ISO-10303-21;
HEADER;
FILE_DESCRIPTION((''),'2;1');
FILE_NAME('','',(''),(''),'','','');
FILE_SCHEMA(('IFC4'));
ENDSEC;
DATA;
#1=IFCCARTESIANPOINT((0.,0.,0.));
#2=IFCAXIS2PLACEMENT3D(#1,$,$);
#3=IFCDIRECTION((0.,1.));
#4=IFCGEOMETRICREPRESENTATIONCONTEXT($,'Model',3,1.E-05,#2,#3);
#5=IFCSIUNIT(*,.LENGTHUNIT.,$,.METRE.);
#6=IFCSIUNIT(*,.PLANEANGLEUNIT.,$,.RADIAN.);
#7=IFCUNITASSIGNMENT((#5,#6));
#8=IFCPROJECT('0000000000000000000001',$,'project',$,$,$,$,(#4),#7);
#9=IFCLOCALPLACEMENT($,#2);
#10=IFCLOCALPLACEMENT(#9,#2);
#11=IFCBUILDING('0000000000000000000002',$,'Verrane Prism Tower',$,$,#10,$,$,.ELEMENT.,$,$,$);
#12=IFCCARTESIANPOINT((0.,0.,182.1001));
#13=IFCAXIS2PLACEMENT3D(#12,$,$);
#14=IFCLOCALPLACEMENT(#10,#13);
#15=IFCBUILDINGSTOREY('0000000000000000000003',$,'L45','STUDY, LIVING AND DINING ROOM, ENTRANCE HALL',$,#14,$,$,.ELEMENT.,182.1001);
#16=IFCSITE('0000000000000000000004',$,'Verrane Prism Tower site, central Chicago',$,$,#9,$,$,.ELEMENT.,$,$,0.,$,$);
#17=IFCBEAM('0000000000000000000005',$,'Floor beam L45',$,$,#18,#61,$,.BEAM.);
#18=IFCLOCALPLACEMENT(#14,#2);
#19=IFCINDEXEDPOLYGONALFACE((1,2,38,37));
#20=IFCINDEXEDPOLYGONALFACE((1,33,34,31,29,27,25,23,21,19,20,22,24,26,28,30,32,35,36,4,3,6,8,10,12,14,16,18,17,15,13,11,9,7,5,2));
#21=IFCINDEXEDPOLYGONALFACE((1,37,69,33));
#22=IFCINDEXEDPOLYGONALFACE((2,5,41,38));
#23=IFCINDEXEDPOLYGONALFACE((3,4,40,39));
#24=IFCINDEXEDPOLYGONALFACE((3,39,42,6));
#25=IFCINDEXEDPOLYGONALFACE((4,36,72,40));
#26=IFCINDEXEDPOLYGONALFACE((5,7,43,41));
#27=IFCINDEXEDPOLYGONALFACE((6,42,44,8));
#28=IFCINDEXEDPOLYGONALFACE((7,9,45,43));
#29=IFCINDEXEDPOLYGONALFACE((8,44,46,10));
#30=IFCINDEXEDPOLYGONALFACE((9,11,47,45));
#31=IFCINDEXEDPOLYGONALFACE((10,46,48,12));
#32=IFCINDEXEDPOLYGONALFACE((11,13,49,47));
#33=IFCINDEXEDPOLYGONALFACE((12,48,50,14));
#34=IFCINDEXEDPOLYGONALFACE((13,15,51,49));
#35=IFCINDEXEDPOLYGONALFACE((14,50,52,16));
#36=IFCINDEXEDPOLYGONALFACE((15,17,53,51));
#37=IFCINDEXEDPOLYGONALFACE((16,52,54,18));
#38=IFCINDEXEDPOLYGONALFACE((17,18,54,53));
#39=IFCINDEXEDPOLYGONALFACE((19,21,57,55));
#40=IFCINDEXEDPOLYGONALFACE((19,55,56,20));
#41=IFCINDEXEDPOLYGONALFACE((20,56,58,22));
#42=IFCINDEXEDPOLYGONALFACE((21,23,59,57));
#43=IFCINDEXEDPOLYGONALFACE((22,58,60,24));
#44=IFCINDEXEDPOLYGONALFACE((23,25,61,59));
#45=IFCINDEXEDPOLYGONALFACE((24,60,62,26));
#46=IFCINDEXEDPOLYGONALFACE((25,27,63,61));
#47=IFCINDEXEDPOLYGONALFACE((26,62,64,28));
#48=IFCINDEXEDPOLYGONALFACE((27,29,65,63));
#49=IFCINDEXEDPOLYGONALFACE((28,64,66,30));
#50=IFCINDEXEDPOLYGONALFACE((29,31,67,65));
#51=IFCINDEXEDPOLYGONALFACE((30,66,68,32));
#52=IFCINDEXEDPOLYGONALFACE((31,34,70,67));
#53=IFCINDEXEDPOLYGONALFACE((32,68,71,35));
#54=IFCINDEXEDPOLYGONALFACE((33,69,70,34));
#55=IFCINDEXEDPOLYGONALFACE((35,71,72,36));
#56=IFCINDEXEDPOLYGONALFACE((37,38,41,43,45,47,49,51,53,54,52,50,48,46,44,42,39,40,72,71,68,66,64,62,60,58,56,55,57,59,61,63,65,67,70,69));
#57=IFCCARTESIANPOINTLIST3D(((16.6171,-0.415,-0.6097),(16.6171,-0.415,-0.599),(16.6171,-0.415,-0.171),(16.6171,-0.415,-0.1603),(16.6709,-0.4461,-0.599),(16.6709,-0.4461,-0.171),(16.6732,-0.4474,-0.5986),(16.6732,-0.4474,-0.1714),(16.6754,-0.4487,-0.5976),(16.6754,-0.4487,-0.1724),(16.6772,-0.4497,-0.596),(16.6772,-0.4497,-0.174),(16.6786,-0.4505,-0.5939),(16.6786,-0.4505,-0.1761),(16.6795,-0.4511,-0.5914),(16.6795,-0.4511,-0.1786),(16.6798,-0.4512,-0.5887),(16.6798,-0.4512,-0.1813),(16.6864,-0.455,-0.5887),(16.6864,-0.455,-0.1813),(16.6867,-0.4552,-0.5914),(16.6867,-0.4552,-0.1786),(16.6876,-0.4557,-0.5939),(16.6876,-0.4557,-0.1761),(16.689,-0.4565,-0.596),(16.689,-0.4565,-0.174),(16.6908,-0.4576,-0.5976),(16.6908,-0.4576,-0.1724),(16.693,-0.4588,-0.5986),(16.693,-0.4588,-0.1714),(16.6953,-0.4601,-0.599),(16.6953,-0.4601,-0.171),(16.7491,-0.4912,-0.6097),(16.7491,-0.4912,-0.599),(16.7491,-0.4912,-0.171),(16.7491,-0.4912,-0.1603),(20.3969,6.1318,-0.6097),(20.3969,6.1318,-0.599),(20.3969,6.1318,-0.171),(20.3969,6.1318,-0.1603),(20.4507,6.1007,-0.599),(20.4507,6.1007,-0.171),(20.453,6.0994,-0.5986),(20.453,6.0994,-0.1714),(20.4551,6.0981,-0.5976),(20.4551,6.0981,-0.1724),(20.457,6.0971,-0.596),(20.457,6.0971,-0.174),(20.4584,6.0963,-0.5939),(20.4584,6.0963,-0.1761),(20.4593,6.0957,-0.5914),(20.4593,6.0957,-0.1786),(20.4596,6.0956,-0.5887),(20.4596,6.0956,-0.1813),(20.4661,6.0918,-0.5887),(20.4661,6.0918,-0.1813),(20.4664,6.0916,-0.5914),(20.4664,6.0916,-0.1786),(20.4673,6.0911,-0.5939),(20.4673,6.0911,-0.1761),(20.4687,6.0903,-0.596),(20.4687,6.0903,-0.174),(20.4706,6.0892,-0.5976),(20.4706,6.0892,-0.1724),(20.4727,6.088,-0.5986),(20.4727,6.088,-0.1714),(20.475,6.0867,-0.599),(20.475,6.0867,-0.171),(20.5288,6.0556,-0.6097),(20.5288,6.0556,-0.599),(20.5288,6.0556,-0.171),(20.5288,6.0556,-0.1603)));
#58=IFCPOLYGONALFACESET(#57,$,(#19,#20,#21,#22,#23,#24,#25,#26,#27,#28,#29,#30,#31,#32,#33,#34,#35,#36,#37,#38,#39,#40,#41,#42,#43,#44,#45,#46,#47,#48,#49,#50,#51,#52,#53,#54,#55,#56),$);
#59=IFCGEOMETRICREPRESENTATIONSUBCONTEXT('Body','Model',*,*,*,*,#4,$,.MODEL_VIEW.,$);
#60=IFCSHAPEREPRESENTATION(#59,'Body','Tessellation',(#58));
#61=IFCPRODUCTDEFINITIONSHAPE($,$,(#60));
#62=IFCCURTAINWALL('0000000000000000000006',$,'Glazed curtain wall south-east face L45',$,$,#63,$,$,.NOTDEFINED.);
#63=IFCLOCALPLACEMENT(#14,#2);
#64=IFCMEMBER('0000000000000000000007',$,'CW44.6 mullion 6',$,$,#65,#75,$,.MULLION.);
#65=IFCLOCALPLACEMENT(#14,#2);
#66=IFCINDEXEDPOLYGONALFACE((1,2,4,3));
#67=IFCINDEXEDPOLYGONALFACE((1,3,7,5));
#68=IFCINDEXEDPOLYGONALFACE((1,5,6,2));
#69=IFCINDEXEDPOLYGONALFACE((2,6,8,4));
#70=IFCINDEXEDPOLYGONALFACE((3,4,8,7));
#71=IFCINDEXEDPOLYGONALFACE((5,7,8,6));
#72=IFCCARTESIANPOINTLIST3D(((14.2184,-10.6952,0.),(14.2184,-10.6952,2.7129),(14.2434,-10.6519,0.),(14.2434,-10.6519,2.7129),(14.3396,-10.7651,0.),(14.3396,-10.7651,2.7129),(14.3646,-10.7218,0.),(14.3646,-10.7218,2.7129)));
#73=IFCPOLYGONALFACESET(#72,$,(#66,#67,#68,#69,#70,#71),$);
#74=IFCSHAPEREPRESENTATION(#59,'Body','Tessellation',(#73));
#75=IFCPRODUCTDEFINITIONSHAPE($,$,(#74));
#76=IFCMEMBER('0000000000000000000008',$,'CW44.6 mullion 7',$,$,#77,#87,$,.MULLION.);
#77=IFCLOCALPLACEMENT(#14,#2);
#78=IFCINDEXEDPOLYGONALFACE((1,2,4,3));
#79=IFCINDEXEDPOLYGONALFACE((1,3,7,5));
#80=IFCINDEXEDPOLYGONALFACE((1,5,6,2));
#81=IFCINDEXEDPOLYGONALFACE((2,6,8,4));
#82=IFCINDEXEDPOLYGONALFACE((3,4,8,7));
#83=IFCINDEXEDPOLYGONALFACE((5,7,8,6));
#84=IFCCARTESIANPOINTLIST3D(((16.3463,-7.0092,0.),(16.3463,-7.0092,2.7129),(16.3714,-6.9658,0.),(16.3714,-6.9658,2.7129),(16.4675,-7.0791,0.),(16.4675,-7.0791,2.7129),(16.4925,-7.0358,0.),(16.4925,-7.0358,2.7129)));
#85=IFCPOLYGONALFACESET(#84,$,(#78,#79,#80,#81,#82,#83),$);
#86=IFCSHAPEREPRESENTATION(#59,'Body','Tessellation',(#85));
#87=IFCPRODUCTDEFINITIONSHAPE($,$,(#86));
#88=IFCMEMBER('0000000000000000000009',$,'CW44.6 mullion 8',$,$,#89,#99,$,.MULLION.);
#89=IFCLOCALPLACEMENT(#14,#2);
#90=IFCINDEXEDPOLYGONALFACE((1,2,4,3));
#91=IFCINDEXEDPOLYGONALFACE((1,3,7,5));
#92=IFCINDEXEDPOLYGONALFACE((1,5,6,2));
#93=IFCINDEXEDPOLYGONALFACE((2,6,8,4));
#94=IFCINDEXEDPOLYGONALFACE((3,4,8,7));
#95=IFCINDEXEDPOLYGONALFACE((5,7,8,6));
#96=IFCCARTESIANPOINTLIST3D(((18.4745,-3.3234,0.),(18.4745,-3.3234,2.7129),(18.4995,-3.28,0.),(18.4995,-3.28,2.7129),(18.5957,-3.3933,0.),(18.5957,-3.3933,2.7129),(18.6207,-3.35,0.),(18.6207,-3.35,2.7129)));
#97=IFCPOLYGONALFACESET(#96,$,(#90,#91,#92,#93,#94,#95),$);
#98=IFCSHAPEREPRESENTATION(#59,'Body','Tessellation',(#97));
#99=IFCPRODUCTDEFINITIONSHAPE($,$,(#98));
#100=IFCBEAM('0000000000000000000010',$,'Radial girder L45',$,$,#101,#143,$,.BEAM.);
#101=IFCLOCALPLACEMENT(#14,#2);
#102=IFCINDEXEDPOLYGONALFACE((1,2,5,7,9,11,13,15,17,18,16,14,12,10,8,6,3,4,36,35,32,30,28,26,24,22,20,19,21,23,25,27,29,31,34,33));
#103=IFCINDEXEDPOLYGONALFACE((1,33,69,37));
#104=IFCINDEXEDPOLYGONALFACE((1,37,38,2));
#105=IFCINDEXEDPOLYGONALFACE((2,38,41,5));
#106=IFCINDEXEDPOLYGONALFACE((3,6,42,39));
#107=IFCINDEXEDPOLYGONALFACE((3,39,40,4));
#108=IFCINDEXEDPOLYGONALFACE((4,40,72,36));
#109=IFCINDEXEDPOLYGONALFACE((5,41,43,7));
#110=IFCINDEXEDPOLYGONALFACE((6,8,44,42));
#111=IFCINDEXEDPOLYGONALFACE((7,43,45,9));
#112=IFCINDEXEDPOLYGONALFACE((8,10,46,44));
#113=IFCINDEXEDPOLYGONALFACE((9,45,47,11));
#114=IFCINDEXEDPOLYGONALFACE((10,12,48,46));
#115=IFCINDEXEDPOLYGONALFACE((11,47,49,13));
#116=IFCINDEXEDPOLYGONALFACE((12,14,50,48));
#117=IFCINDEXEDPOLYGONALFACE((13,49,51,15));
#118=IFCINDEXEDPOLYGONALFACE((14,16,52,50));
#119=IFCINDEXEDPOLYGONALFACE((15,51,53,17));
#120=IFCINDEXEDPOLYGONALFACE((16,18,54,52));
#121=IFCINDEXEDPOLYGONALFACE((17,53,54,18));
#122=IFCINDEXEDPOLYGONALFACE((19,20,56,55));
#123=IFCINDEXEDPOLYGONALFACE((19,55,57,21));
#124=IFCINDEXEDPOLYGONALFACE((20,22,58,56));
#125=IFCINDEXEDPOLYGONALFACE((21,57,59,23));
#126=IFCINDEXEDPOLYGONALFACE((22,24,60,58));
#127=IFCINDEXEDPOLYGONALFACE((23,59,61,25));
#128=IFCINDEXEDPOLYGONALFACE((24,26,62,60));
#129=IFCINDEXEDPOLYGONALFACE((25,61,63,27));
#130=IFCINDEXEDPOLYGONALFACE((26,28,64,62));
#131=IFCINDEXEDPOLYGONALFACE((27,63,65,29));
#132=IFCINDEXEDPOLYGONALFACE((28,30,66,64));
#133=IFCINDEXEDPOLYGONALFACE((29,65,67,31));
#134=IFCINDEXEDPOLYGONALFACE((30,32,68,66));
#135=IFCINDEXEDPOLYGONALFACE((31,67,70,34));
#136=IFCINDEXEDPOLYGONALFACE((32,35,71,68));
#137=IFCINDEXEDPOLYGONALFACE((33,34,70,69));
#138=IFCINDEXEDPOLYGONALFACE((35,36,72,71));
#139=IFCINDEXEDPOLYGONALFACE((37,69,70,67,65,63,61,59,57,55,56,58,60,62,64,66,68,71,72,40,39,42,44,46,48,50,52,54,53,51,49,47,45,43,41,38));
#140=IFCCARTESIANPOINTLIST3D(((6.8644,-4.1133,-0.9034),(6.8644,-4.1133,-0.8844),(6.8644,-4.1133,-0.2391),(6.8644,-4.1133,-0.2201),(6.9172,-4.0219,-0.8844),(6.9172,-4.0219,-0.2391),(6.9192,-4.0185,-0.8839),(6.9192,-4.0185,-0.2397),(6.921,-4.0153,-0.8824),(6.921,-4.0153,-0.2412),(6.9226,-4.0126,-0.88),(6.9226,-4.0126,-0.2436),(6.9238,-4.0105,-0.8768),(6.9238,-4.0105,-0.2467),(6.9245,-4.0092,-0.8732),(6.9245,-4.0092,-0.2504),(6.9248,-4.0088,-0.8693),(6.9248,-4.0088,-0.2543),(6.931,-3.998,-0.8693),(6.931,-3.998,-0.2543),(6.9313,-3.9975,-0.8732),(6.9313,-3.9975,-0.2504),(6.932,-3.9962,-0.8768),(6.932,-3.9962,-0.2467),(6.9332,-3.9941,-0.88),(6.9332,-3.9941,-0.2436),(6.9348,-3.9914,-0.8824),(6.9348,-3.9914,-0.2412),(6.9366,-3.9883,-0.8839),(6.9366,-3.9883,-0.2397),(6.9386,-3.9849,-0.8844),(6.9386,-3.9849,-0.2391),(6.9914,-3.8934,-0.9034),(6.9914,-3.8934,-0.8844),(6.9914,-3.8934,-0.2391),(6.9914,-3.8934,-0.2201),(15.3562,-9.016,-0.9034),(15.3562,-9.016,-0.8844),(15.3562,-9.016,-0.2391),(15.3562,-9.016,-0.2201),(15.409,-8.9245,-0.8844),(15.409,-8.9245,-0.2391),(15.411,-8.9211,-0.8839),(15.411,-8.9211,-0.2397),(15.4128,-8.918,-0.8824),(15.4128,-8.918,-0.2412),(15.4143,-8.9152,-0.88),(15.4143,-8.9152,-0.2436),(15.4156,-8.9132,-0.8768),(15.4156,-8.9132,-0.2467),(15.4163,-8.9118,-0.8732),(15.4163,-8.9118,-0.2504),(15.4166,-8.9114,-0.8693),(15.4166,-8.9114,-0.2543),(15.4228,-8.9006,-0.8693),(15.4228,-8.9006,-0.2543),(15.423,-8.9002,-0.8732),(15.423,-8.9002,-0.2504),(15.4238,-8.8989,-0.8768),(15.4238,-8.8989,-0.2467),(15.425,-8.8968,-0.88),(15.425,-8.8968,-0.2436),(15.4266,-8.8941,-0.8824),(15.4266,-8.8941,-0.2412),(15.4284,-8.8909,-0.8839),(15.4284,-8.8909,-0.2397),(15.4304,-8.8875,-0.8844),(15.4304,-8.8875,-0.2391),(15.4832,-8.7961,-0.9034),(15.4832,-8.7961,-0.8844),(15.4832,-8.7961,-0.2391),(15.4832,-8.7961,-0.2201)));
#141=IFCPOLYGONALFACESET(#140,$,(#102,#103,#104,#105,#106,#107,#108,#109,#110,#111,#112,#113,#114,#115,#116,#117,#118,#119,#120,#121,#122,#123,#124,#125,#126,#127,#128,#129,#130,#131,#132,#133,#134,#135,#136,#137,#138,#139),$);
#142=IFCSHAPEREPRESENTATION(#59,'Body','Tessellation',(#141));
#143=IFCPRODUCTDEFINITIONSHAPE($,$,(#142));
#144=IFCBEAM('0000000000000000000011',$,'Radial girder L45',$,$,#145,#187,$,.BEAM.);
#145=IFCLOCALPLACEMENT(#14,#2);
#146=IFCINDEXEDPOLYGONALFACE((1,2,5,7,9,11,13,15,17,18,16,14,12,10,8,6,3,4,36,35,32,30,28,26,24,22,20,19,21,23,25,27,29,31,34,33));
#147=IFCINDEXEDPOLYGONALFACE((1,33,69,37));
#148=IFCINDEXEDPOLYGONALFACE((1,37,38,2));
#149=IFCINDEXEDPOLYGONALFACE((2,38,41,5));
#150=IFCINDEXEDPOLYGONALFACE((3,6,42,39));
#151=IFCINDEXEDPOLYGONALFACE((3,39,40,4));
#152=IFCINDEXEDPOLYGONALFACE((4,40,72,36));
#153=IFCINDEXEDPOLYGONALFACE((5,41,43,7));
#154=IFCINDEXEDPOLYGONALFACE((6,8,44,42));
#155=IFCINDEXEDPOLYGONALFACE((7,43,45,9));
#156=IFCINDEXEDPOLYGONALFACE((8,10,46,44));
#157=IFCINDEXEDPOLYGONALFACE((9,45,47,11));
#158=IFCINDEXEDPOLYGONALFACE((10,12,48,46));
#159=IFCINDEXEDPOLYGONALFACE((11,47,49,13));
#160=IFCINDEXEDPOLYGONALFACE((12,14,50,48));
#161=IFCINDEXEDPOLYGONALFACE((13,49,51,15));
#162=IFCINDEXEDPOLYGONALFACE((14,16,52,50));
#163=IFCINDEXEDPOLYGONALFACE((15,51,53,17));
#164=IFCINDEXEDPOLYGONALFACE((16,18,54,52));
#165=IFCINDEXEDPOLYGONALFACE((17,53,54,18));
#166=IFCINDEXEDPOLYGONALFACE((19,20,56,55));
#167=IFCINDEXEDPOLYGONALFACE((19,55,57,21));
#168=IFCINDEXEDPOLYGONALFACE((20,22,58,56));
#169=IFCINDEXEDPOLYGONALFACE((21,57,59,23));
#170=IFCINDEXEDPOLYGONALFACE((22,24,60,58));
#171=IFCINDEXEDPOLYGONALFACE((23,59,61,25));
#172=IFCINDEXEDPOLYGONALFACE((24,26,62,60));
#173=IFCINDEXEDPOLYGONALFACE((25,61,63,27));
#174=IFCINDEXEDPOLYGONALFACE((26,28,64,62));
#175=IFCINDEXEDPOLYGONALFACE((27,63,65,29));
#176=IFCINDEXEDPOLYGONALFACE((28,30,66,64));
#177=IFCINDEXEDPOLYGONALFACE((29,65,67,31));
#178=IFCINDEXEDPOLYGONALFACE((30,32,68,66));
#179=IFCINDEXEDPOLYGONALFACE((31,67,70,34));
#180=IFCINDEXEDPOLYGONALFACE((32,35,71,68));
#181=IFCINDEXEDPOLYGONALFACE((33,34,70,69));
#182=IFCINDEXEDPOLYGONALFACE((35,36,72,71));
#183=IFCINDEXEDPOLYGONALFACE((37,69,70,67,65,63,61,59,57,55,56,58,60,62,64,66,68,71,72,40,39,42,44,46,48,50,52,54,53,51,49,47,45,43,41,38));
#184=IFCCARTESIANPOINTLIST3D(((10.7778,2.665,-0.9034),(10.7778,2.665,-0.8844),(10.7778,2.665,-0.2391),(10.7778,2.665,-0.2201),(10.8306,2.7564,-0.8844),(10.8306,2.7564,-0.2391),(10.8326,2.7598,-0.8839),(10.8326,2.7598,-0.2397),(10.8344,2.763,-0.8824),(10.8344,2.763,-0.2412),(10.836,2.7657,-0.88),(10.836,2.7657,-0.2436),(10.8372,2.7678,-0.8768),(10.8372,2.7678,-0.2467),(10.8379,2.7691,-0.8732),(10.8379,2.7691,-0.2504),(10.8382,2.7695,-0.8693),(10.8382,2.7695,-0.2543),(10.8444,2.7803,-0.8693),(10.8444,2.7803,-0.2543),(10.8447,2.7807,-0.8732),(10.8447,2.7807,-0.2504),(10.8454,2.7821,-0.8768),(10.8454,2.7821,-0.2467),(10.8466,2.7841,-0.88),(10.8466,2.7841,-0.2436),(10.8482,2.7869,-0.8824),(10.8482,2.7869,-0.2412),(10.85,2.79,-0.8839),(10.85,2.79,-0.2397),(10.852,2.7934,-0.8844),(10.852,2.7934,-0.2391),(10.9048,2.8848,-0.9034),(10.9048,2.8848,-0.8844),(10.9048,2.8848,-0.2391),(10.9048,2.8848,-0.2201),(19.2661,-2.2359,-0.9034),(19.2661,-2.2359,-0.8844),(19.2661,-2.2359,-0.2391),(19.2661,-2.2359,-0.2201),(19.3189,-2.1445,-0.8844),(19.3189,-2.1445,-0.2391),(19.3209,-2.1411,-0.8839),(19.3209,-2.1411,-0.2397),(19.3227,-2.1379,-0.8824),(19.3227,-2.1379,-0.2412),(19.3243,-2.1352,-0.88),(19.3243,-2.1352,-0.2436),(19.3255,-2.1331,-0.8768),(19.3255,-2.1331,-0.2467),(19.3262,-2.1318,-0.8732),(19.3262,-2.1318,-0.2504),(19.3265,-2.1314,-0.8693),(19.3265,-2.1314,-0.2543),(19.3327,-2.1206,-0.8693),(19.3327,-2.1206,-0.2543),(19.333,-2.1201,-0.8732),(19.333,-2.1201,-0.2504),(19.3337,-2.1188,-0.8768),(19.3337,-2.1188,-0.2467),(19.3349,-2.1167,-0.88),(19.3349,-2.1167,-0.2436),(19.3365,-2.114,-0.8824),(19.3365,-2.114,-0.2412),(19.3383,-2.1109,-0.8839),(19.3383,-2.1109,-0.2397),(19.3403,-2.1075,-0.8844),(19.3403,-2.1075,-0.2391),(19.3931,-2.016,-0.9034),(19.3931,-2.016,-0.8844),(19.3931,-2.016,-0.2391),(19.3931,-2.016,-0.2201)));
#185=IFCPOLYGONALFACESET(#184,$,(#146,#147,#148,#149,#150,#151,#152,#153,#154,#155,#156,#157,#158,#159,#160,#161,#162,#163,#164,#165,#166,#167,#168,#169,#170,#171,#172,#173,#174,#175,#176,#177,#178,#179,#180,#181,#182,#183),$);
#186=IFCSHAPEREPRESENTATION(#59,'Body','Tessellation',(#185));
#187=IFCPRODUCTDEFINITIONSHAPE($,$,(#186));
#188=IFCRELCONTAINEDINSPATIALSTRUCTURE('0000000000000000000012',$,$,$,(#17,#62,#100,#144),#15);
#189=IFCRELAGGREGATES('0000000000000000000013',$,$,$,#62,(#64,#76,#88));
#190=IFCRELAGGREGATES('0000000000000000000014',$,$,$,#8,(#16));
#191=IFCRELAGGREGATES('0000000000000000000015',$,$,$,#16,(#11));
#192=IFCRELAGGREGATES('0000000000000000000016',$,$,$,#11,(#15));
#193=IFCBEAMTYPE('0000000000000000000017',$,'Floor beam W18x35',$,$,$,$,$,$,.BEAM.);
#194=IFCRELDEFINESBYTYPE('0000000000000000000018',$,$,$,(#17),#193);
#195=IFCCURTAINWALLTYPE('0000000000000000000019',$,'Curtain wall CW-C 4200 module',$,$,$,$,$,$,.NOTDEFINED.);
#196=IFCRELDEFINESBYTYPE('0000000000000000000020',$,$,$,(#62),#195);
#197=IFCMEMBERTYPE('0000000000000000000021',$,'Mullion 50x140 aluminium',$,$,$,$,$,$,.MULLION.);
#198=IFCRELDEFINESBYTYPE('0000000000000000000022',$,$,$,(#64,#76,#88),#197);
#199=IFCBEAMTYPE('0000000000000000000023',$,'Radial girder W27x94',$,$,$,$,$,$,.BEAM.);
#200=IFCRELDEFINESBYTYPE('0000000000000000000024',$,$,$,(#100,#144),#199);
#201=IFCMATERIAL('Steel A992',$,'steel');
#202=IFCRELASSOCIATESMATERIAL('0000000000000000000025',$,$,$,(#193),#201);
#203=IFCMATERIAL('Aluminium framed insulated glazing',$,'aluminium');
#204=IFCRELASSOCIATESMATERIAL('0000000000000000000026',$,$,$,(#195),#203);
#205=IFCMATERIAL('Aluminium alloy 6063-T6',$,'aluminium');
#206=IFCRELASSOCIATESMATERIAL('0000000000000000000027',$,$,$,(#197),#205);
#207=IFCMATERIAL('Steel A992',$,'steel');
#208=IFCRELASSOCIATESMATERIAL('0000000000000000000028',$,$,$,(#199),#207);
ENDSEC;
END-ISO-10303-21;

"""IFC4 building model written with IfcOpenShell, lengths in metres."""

from ifc_helpers import new_model, si_unit, direction, frame, origin, origin_2d, place, context, subcontext, project, spatial, rectangle, i_section, extrude, material, material_profile, profile_set, type_object, element, aggregate, save


model = new_model("IFC4")

# Units and contexts
model_context = context("Model", 3, precision=1e-05, world=origin(), true_north=direction((0.0, 1.0)))
body_context = subcontext(model_context, "Body", "Model", "MODEL_VIEW")
ifc_project = project(units=[si_unit("LENGTHUNIT", "METRE"), si_unit("PLANEANGLEUNIT", "RADIAN")], contexts=[model_context])

# Site, building, storey
site_placement = place(None, origin())
site = spatial("IfcSite", under=ifc_project, at=site_placement, Name="Verrane Prism Tower site, central Chicago", CompositionType="ELEMENT", RefElevation=0.0)
building_placement = place(site_placement, origin())
building = spatial("IfcBuilding", under=site, at=building_placement, Name="Verrane Prism Tower", CompositionType="ELEMENT")
storey_placement = place(building_placement, frame((0.0, 0.0, 182.1001)))
storey = spatial("IfcBuildingStorey", under=building, at=storey_placement, Name="L45", Description="STUDY, LIVING AND DINING ROOM, ENTRANCE HALL", CompositionType="ELEMENT", Elevation=182.1001)

# Beam
ifc_material_1 = material(Name="Steel A992", Category="steel")
ifc_material_profile_1 = material_profile(ifc_material_1, i_section(OverallWidth=0.1523, OverallDepth=0.4495, WebThickness=0.0076, FlangeThickness=0.0107, FilletRadius=0.0103, at=origin_2d()), Name="W18x35")
ifc_profile_set_1 = profile_set([ifc_material_profile_1], Name="Steel A992")
beam_type_1 = type_object("IfcBeamType", Name="Floor beam W18x35", PredefinedType="BEAM", material=ifc_profile_set_1)
beam_1_placement = place(storey_placement, frame((16.6831, -0.4531, -0.385), z_axis=(0.499995, 0.866029, 0.0), x_axis=(-0.866029, 0.499995, 0.0)))
element("IfcBeam", 1, at=beam_1_placement, inside=storey, type_object=beam_type_1, Name="Floor beam L45", PredefinedType="BEAM", context=body_context, shape_type="SweptSolid", body=[
    extrude(i_section(OverallWidth=0.1523, OverallDepth=0.4495, WebThickness=0.0076, FlangeThickness=0.0107, FilletRadius=0.0103, at=origin_2d()), origin(), (0.0, 0.0, 1.0), 7.5596),
])

# Curtain wall, members
ifc_material_2 = material(Name="Aluminium framed insulated glazing", Category="aluminium")
curtain_wall_type = type_object("IfcCurtainWallType", Name="Curtain wall CW-C 4200 module", PredefinedType="NOTDEFINED", material=ifc_material_2)
curtain_wall_placement = place(storey_placement, origin())
curtain_wall = element("IfcCurtainWall", 2, at=curtain_wall_placement, inside=storey, type_object=curtain_wall_type, Name="Glazed curtain wall south-east face L45", PredefinedType="NOTDEFINED")
ifc_material_3 = material(Name="Aluminium alloy 6063-T6", Category="aluminium")
ifc_material_profile_2 = material_profile(ifc_material_3, rectangle(XDim=0.1399, YDim=0.05, at=origin_2d()), Name="Mullion 50x140 aluminium")
ifc_profile_set_2 = profile_set([ifc_material_profile_2], Name="Aluminium alloy 6063-T6")
member_type_1 = type_object("IfcMemberType", Name="Mullion 50x140 aluminium", PredefinedType="MULLION", material=ifc_profile_set_2)
member_1_placement = place(storey_placement, frame((14.2915, -10.7085, 0.0), z_axis=(0.0, 0.0, 1.0), x_axis=(-0.866026, 0.499999, 0.0)))
member_1 = element("IfcMember", 3, at=member_1_placement, type_object=member_type_1, Name="CW44.6 mullion 6", PredefinedType="MULLION", context=body_context, shape_type="SweptSolid", body=[
    extrude(rectangle(XDim=0.1399, YDim=0.05, at=origin_2d()), origin(), (0.0, 0.0, 1.0), 2.7129),
])
member_2_placement = place(storey_placement, frame((16.4194, -7.0225, 0.0), z_axis=(0.0, 0.0, 1.0), x_axis=(-0.866026, 0.499999, 0.0)))
member_2 = element("IfcMember", 4, at=member_2_placement, type_object=member_type_1, Name="CW44.6 mullion 7", PredefinedType="MULLION", context=body_context, shape_type="SweptSolid", body=[
    extrude(rectangle(XDim=0.1399, YDim=0.05, at=origin_2d()), origin(), (0.0, 0.0, 1.0), 2.7129),
])
member_3_placement = place(storey_placement, frame((18.5476, -3.3367, 0.0), z_axis=(0.0, 0.0, 1.0), x_axis=(-0.866026, 0.499999, 0.0)))
member_3 = element("IfcMember", 5, at=member_3_placement, type_object=member_type_1, Name="CW44.6 mullion 8", PredefinedType="MULLION", context=body_context, shape_type="SweptSolid", body=[
    extrude(rectangle(XDim=0.1399, YDim=0.05, at=origin_2d()), origin(), (0.0, 0.0, 1.0), 2.7129),
])

# Beams
ifc_material_4 = material(Name="Steel A992", Category="steel")
ifc_material_profile_3 = material_profile(ifc_material_4, i_section(OverallWidth=0.2539, OverallDepth=0.6833, WebThickness=0.0125, FlangeThickness=0.019, FilletRadius=0.0151, at=origin_2d()), Name="W27x94")
ifc_profile_set_3 = profile_set([ifc_material_profile_3], Name="Steel A992")
beam_type_2 = type_object("IfcBeamType", Name="Radial girder W27x94", PredefinedType="BEAM", material=ifc_profile_set_3)
beam_2_placement = place(storey_placement, frame((15.4197, -8.906, -0.5618), z_axis=(-0.86603, 0.499993, 0.0), x_axis=(-0.499993, -0.86603, 0.0)))
element("IfcBeam", 6, at=beam_2_placement, inside=storey, type_object=beam_type_2, Name="Radial girder L45", PredefinedType="BEAM", context=body_context, shape_type="SweptSolid", body=[
    extrude(i_section(OverallWidth=0.2539, OverallDepth=0.6833, WebThickness=0.0125, FlangeThickness=0.019, FilletRadius=0.0151, at=origin_2d()), origin(), (0.0, 0.0, 1.0), 9.8054),
])
beam_3_placement = place(storey_placement, frame((19.3296, -2.126, -0.5618), z_axis=(-0.866018, 0.500013, 0.0), x_axis=(-0.500013, -0.866018, 0.0)))
element("IfcBeam", 7, at=beam_3_placement, inside=storey, type_object=beam_type_2, Name="Radial girder L45", PredefinedType="BEAM", context=body_context, shape_type="SweptSolid", body=[
    extrude(i_section(OverallWidth=0.2539, OverallDepth=0.6833, WebThickness=0.0125, FlangeThickness=0.019, FilletRadius=0.0151, at=origin_2d()), origin(), (0.0, 0.0, 1.0), 9.8015),
])

aggregate(curtain_wall, [member_1, member_2, member_3])

save(model, "model.ifc")
